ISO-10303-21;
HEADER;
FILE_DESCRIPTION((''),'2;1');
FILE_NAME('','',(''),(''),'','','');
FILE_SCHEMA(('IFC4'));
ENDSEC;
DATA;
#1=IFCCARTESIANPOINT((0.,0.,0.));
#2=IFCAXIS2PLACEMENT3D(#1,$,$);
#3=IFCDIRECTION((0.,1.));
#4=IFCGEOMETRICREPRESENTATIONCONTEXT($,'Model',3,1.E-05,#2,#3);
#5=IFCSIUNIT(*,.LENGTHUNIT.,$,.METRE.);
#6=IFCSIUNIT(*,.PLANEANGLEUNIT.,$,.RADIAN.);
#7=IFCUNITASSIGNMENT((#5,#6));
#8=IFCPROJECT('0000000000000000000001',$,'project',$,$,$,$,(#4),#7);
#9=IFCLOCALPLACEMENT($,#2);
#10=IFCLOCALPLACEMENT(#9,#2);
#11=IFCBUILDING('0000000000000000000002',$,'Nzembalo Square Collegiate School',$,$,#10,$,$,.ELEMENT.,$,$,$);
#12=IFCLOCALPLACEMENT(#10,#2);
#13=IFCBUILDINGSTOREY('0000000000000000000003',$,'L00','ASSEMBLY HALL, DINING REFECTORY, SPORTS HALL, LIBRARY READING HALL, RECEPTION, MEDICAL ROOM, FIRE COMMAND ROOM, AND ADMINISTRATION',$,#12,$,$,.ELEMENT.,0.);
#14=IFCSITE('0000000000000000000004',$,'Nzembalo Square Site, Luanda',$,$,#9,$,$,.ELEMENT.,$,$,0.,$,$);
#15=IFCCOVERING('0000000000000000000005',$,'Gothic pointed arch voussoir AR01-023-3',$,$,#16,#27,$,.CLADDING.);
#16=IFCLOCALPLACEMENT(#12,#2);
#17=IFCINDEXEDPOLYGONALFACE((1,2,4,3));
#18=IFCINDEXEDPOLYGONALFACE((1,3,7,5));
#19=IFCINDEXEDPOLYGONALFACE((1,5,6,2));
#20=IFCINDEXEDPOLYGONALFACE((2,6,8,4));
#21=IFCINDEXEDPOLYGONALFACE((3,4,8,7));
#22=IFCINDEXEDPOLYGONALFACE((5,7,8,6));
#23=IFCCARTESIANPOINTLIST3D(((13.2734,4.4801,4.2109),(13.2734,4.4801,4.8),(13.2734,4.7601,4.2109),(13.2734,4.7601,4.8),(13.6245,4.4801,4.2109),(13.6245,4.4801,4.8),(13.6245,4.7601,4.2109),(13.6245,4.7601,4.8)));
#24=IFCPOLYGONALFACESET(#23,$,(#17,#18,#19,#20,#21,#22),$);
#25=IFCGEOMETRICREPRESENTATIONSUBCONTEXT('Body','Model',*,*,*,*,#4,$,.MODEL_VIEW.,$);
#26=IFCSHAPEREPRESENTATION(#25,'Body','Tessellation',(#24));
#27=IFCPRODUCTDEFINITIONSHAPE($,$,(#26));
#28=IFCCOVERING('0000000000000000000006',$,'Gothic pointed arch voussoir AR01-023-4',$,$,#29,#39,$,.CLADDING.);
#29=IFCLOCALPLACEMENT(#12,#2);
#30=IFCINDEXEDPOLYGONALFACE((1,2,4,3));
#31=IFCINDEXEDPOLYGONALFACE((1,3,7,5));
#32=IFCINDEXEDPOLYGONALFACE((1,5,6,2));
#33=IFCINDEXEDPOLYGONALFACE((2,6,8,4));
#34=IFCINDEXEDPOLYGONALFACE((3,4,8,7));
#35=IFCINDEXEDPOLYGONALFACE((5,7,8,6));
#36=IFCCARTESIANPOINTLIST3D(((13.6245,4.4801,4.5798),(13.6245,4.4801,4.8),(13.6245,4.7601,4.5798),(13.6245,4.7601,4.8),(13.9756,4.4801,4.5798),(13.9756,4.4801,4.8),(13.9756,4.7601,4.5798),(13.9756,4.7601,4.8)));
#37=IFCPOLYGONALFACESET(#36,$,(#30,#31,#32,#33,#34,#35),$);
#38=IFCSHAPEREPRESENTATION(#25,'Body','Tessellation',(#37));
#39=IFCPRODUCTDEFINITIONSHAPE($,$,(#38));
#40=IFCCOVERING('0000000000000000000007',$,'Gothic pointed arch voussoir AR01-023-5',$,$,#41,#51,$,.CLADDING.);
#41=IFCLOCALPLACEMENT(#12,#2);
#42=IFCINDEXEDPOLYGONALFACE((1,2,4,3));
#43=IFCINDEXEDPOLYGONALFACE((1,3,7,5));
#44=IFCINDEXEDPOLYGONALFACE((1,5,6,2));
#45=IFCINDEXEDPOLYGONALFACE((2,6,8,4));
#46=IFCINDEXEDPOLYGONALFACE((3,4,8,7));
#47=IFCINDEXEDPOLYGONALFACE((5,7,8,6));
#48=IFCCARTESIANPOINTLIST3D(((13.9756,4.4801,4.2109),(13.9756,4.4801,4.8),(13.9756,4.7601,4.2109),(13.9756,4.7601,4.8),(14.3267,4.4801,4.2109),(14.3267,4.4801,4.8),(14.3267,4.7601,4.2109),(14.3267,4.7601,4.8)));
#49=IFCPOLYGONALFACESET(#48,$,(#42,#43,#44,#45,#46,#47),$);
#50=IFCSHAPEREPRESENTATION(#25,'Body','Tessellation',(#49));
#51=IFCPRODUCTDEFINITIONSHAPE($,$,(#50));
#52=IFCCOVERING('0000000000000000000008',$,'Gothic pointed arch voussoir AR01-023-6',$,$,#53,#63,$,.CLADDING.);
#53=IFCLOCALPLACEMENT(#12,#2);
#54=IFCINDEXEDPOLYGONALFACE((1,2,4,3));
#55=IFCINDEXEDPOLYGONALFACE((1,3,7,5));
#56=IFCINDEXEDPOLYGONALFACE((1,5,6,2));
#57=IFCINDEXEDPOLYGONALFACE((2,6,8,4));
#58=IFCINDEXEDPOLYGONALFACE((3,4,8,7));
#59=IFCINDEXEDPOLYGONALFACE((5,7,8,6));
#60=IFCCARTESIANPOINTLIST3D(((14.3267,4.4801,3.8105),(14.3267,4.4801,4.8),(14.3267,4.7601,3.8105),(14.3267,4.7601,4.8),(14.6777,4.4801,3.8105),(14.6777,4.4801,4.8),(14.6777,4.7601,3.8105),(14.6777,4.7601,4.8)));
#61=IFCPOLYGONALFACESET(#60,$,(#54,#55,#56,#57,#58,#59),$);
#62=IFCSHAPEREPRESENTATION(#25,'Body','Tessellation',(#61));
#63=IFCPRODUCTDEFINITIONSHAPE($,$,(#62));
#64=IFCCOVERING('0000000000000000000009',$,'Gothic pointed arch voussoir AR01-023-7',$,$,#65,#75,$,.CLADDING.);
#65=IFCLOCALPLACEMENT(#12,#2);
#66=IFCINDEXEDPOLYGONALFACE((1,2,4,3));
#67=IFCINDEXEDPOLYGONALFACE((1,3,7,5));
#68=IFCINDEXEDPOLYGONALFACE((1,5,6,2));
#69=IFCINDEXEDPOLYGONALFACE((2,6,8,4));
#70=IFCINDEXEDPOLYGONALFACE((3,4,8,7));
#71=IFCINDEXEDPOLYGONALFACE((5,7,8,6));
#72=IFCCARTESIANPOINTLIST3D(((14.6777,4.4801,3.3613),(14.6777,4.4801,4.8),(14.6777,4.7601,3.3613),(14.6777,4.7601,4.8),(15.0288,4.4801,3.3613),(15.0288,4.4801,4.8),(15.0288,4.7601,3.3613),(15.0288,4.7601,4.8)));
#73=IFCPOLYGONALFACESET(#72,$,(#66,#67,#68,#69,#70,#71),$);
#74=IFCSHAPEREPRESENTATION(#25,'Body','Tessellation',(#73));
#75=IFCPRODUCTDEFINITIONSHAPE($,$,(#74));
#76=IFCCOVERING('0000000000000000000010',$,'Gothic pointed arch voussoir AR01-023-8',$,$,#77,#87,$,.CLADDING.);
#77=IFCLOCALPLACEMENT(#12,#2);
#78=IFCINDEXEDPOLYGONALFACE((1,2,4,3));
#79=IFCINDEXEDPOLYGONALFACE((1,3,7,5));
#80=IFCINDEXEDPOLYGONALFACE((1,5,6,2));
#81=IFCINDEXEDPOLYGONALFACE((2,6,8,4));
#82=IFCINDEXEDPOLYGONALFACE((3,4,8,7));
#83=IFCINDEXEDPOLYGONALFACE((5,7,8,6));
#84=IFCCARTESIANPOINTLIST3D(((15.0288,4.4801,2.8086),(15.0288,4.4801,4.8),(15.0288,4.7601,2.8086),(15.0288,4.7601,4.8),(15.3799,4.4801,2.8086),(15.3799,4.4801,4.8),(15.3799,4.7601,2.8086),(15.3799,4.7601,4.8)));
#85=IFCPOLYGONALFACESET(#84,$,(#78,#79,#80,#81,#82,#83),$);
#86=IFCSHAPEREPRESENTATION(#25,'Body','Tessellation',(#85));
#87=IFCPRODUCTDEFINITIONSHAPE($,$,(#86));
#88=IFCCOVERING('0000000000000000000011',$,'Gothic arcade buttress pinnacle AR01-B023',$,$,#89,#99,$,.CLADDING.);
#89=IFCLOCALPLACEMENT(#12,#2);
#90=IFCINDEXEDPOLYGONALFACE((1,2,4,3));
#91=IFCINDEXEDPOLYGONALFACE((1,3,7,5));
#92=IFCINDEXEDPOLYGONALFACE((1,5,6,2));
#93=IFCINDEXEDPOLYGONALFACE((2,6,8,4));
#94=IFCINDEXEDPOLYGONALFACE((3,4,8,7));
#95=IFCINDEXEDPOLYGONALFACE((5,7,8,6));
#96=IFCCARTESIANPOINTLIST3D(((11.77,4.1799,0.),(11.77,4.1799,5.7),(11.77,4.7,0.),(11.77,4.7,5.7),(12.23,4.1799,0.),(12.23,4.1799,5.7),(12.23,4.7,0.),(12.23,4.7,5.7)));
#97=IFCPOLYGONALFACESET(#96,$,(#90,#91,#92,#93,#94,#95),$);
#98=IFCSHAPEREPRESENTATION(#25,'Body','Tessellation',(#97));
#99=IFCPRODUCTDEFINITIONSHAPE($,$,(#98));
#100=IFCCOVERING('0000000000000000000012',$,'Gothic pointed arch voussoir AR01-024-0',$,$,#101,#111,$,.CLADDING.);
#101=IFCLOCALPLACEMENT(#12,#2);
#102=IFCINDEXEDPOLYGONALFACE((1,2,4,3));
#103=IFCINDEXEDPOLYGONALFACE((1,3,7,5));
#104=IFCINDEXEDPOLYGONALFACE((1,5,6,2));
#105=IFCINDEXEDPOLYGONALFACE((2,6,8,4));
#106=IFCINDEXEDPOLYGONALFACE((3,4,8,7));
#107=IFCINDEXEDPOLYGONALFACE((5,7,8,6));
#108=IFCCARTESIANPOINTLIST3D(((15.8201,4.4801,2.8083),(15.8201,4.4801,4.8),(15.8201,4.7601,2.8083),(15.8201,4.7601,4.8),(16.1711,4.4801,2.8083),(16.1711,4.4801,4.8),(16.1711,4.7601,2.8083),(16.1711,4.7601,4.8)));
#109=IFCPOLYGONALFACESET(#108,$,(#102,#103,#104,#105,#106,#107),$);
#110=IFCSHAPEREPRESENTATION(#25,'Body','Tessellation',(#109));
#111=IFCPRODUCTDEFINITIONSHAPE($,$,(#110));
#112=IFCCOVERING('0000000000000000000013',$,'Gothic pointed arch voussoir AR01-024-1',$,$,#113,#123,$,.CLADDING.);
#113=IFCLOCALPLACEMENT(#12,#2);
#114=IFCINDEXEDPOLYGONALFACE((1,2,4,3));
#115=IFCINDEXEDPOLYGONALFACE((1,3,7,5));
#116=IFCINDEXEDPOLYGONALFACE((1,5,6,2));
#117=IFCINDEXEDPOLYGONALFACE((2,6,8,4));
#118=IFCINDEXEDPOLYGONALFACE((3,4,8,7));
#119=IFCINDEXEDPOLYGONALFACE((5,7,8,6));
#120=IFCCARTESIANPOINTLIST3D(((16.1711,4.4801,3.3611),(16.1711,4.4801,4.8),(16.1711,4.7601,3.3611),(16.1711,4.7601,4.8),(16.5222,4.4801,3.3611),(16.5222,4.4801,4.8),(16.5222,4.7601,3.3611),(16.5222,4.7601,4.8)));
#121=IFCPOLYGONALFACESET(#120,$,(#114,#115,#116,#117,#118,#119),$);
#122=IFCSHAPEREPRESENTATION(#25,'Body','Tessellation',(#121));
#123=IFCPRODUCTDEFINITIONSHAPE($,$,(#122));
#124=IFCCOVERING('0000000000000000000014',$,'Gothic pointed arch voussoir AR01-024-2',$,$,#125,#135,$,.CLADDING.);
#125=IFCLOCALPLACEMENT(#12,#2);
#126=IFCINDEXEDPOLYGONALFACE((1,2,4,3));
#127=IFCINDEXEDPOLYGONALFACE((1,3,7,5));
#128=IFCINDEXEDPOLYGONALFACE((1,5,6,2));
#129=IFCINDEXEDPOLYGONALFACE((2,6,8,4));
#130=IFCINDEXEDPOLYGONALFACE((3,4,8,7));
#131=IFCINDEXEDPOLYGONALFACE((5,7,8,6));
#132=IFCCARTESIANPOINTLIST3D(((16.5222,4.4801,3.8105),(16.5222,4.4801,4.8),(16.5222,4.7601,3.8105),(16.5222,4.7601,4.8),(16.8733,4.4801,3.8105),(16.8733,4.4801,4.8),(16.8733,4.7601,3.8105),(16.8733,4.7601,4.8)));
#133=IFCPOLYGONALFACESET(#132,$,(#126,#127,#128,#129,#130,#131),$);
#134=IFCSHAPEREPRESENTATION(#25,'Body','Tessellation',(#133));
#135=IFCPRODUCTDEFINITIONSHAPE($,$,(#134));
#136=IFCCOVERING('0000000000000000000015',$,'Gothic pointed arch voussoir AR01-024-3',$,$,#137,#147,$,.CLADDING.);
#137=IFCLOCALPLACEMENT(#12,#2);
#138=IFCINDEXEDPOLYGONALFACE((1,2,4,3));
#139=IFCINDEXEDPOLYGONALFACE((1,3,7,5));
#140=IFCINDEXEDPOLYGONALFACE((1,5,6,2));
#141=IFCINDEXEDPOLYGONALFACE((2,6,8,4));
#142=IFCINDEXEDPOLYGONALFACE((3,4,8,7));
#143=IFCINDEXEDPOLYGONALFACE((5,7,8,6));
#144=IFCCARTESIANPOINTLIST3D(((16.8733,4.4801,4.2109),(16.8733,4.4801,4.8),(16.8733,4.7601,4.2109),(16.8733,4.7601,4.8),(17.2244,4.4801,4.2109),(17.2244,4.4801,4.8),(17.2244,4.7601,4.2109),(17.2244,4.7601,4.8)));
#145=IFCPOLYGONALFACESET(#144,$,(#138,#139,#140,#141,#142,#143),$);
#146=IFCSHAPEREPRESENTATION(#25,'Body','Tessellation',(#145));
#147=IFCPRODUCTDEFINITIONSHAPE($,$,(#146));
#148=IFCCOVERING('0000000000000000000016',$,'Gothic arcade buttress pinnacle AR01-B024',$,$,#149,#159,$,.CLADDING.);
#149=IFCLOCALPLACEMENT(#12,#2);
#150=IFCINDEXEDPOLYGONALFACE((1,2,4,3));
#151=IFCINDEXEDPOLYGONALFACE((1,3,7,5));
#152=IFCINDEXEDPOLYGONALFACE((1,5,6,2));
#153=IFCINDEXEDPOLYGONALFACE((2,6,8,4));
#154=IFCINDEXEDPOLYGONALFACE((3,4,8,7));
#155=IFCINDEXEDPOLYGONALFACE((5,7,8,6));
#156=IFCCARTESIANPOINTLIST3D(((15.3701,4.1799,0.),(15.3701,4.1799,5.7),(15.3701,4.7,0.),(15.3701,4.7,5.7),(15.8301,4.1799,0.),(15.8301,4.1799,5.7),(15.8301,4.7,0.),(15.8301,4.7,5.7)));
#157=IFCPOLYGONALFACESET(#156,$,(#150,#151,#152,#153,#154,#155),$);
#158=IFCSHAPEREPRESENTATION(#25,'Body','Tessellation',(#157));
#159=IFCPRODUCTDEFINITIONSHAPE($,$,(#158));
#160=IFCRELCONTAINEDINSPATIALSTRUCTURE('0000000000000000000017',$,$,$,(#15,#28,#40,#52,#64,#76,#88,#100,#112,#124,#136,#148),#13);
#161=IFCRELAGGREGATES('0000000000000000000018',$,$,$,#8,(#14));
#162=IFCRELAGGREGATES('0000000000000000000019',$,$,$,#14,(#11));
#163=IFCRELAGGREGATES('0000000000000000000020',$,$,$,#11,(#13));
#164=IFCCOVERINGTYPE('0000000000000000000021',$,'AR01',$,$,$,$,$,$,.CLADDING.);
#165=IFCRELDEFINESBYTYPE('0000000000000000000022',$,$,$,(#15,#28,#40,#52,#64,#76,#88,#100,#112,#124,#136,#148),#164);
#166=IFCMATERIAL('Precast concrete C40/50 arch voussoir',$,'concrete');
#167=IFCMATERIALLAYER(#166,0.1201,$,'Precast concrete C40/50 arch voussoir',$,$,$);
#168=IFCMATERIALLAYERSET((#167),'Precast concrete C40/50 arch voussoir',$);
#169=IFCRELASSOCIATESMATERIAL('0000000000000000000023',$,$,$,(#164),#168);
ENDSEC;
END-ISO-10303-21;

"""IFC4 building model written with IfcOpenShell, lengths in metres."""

from ifc_helpers import new_model, si_unit, direction, frame, origin, origin_2d, place, context, subcontext, project, spatial, rectangle, extrude, material, layer, layer_set, type_object, element, save


model = new_model("IFC4")

# Units and contexts
model_context = context("Model", 3, precision=1e-05, world=origin(), true_north=direction((0.0, 1.0)))
body_context = subcontext(model_context, "Body", "Model", "MODEL_VIEW")
ifc_project = project(units=[si_unit("LENGTHUNIT", "METRE"), si_unit("PLANEANGLEUNIT", "RADIAN")], contexts=[model_context])

# Site, building, storey
site_placement = place(None, origin())
site = spatial("IfcSite", under=ifc_project, at=site_placement, Name="Nzembalo Square Site, Luanda", CompositionType="ELEMENT", RefElevation=0.0)
building_placement = place(site_placement, origin())
building = spatial("IfcBuilding", under=site, at=building_placement, Name="Nzembalo Square Collegiate School", CompositionType="ELEMENT")
storey_placement = place(building_placement, origin())
storey = spatial("IfcBuildingStorey", under=building, at=storey_placement, Name="L00", Description="ASSEMBLY HALL, DINING REFECTORY, SPORTS HALL, LIBRARY READING HALL, RECEPTION, MEDICAL ROOM, FIRE COMMAND ROOM, AND ADMINISTRATION", CompositionType="ELEMENT", Elevation=0.0)

# Coverings
ifc_material_1 = material(Name="Precast concrete C40/50 arch voussoir", Category="concrete")
ifc_layer_1 = layer(ifc_material_1, 0.1201, Name="Precast concrete C40/50 arch voussoir")
ifc_layer_set_1 = layer_set([ifc_layer_1], Name="Precast concrete C40/50 arch voussoir")
covering_type = type_object("IfcCoveringType", Name="AR01", PredefinedType="CLADDING", material=ifc_layer_set_1)
covering_1_placement = place(storey_placement, frame((13.449, 4.6201, 4.2109), z_axis=(0.0, 0.0, 1.0), x_axis=(1.0, 0.0, 0.0)))
element("IfcCovering", 1, at=covering_1_placement, inside=storey, type_object=covering_type, Name="Gothic pointed arch voussoir AR01-023-3", PredefinedType="CLADDING", context=body_context, shape_type="SweptSolid", body=[
    extrude(rectangle(XDim=0.3511, YDim=0.28, at=origin_2d()), origin(), (0.0, 0.0, 1.0), 0.5891),
])
covering_2_placement = place(storey_placement, frame((13.8, 4.6201, 4.5798), z_axis=(0.0, 0.0, 1.0), x_axis=(1.0, 0.0, 0.0)))
element("IfcCovering", 2, at=covering_2_placement, inside=storey, type_object=covering_type, Name="Gothic pointed arch voussoir AR01-023-4", PredefinedType="CLADDING", context=body_context, shape_type="SweptSolid", body=[
    extrude(rectangle(XDim=0.3511, YDim=0.28, at=origin_2d()), origin(), (0.0, 0.0, 1.0), 0.2202),
])
covering_3_placement = place(storey_placement, frame((14.1511, 4.6201, 4.2109), z_axis=(0.0, 0.0, 1.0), x_axis=(1.0, 0.0, 0.0)))
element("IfcCovering", 3, at=covering_3_placement, inside=storey, type_object=covering_type, Name="Gothic pointed arch voussoir AR01-023-5", PredefinedType="CLADDING", context=body_context, shape_type="SweptSolid", body=[
    extrude(rectangle(XDim=0.3511, YDim=0.28, at=origin_2d()), origin(), (0.0, 0.0, 1.0), 0.5891),
])
covering_4_placement = place(storey_placement, frame((14.5022, 4.6201, 3.8105), z_axis=(0.0, 0.0, 1.0), x_axis=(1.0, 0.0, 0.0)))
element("IfcCovering", 4, at=covering_4_placement, inside=storey, type_object=covering_type, Name="Gothic pointed arch voussoir AR01-023-6", PredefinedType="CLADDING", context=body_context, shape_type="SweptSolid", body=[
    extrude(rectangle(XDim=0.3511, YDim=0.28, at=origin_2d()), origin(), (0.0, 0.0, 1.0), 0.9895),
])
covering_5_placement = place(storey_placement, frame((14.8533, 4.6201, 3.3613), z_axis=(0.0, 0.0, 1.0), x_axis=(1.0, 0.0, 0.0)))
element("IfcCovering", 5, at=covering_5_placement, inside=storey, type_object=covering_type, Name="Gothic pointed arch voussoir AR01-023-7", PredefinedType="CLADDING", context=body_context, shape_type="SweptSolid", body=[
    extrude(rectangle(XDim=0.3511, YDim=0.28, at=origin_2d()), origin(), (0.0, 0.0, 1.0), 1.4387),
])
covering_6_placement = place(storey_placement, frame((15.2043, 4.6201, 2.8086), z_axis=(0.0, 0.0, 1.0), x_axis=(1.0, 0.0, 0.0)))
element("IfcCovering", 6, at=covering_6_placement, inside=storey, type_object=covering_type, Name="Gothic pointed arch voussoir AR01-023-8", PredefinedType="CLADDING", context=body_context, shape_type="SweptSolid", body=[
    extrude(rectangle(XDim=0.3511, YDim=0.28, at=origin_2d()), origin(), (0.0, 0.0, 1.0), 1.9915),
])
covering_7_placement = place(storey_placement, frame((12.0, 4.4399, 0.0), z_axis=(0.0, 0.0, 1.0), x_axis=(1.0, 0.0, 0.0)))
element("IfcCovering", 7, at=covering_7_placement, inside=storey, type_object=covering_type, Name="Gothic arcade buttress pinnacle AR01-B023", PredefinedType="CLADDING", context=body_context, shape_type="SweptSolid", body=[
    extrude(rectangle(XDim=0.46, YDim=0.52, at=origin_2d()), origin(), (0.0, 0.0, 1.0), 5.7),
])
covering_8_placement = place(storey_placement, frame((15.9956, 4.6201, 2.8083), z_axis=(0.0, 0.0, 1.0), x_axis=(1.0, 0.0, 0.0)))
element("IfcCovering", 8, at=covering_8_placement, inside=storey, type_object=covering_type, Name="Gothic pointed arch voussoir AR01-024-0", PredefinedType="CLADDING", context=body_context, shape_type="SweptSolid", body=[
    extrude(rectangle(XDim=0.3511, YDim=0.28, at=origin_2d()), origin(), (0.0, 0.0, 1.0), 1.9917),
])
covering_9_placement = place(storey_placement, frame((16.3467, 4.6201, 3.3611), z_axis=(0.0, 0.0, 1.0), x_axis=(1.0, 0.0, 0.0)))
element("IfcCovering", 9, at=covering_9_placement, inside=storey, type_object=covering_type, Name="Gothic pointed arch voussoir AR01-024-1", PredefinedType="CLADDING", context=body_context, shape_type="SweptSolid", body=[
    extrude(rectangle(XDim=0.3511, YDim=0.28, at=origin_2d()), origin(), (0.0, 0.0, 1.0), 1.439),
])
covering_10_placement = place(storey_placement, frame((16.6978, 4.6201, 3.8105), z_axis=(0.0, 0.0, 1.0), x_axis=(1.0, 0.0, 0.0)))
element("IfcCovering", 10, at=covering_10_placement, inside=storey, type_object=covering_type, Name="Gothic pointed arch voussoir AR01-024-2", PredefinedType="CLADDING", context=body_context, shape_type="SweptSolid", body=[
    extrude(rectangle(XDim=0.3511, YDim=0.28, at=origin_2d()), origin(), (0.0, 0.0, 1.0), 0.9895),
])
covering_11_placement = place(storey_placement, frame((17.0488, 4.6201, 4.2109), z_axis=(0.0, 0.0, 1.0), x_axis=(1.0, 0.0, 0.0)))
element("IfcCovering", 11, at=covering_11_placement, inside=storey, type_object=covering_type, Name="Gothic pointed arch voussoir AR01-024-3", PredefinedType="CLADDING", context=body_context, shape_type="SweptSolid", body=[
    extrude(rectangle(XDim=0.3511, YDim=0.28, at=origin_2d()), origin(), (0.0, 0.0, 1.0), 0.5891),
])
covering_12_placement = place(storey_placement, frame((15.6001, 4.4399, 0.0), z_axis=(0.0, 0.0, 1.0), x_axis=(1.0, 0.0, 0.0)))
element("IfcCovering", 12, at=covering_12_placement, inside=storey, type_object=covering_type, Name="Gothic arcade buttress pinnacle AR01-B024", PredefinedType="CLADDING", context=body_context, shape_type="SweptSolid", body=[
    extrude(rectangle(XDim=0.46, YDim=0.52, at=origin_2d()), origin(), (0.0, 0.0, 1.0), 5.7),
])

save(model, "model.ifc")
